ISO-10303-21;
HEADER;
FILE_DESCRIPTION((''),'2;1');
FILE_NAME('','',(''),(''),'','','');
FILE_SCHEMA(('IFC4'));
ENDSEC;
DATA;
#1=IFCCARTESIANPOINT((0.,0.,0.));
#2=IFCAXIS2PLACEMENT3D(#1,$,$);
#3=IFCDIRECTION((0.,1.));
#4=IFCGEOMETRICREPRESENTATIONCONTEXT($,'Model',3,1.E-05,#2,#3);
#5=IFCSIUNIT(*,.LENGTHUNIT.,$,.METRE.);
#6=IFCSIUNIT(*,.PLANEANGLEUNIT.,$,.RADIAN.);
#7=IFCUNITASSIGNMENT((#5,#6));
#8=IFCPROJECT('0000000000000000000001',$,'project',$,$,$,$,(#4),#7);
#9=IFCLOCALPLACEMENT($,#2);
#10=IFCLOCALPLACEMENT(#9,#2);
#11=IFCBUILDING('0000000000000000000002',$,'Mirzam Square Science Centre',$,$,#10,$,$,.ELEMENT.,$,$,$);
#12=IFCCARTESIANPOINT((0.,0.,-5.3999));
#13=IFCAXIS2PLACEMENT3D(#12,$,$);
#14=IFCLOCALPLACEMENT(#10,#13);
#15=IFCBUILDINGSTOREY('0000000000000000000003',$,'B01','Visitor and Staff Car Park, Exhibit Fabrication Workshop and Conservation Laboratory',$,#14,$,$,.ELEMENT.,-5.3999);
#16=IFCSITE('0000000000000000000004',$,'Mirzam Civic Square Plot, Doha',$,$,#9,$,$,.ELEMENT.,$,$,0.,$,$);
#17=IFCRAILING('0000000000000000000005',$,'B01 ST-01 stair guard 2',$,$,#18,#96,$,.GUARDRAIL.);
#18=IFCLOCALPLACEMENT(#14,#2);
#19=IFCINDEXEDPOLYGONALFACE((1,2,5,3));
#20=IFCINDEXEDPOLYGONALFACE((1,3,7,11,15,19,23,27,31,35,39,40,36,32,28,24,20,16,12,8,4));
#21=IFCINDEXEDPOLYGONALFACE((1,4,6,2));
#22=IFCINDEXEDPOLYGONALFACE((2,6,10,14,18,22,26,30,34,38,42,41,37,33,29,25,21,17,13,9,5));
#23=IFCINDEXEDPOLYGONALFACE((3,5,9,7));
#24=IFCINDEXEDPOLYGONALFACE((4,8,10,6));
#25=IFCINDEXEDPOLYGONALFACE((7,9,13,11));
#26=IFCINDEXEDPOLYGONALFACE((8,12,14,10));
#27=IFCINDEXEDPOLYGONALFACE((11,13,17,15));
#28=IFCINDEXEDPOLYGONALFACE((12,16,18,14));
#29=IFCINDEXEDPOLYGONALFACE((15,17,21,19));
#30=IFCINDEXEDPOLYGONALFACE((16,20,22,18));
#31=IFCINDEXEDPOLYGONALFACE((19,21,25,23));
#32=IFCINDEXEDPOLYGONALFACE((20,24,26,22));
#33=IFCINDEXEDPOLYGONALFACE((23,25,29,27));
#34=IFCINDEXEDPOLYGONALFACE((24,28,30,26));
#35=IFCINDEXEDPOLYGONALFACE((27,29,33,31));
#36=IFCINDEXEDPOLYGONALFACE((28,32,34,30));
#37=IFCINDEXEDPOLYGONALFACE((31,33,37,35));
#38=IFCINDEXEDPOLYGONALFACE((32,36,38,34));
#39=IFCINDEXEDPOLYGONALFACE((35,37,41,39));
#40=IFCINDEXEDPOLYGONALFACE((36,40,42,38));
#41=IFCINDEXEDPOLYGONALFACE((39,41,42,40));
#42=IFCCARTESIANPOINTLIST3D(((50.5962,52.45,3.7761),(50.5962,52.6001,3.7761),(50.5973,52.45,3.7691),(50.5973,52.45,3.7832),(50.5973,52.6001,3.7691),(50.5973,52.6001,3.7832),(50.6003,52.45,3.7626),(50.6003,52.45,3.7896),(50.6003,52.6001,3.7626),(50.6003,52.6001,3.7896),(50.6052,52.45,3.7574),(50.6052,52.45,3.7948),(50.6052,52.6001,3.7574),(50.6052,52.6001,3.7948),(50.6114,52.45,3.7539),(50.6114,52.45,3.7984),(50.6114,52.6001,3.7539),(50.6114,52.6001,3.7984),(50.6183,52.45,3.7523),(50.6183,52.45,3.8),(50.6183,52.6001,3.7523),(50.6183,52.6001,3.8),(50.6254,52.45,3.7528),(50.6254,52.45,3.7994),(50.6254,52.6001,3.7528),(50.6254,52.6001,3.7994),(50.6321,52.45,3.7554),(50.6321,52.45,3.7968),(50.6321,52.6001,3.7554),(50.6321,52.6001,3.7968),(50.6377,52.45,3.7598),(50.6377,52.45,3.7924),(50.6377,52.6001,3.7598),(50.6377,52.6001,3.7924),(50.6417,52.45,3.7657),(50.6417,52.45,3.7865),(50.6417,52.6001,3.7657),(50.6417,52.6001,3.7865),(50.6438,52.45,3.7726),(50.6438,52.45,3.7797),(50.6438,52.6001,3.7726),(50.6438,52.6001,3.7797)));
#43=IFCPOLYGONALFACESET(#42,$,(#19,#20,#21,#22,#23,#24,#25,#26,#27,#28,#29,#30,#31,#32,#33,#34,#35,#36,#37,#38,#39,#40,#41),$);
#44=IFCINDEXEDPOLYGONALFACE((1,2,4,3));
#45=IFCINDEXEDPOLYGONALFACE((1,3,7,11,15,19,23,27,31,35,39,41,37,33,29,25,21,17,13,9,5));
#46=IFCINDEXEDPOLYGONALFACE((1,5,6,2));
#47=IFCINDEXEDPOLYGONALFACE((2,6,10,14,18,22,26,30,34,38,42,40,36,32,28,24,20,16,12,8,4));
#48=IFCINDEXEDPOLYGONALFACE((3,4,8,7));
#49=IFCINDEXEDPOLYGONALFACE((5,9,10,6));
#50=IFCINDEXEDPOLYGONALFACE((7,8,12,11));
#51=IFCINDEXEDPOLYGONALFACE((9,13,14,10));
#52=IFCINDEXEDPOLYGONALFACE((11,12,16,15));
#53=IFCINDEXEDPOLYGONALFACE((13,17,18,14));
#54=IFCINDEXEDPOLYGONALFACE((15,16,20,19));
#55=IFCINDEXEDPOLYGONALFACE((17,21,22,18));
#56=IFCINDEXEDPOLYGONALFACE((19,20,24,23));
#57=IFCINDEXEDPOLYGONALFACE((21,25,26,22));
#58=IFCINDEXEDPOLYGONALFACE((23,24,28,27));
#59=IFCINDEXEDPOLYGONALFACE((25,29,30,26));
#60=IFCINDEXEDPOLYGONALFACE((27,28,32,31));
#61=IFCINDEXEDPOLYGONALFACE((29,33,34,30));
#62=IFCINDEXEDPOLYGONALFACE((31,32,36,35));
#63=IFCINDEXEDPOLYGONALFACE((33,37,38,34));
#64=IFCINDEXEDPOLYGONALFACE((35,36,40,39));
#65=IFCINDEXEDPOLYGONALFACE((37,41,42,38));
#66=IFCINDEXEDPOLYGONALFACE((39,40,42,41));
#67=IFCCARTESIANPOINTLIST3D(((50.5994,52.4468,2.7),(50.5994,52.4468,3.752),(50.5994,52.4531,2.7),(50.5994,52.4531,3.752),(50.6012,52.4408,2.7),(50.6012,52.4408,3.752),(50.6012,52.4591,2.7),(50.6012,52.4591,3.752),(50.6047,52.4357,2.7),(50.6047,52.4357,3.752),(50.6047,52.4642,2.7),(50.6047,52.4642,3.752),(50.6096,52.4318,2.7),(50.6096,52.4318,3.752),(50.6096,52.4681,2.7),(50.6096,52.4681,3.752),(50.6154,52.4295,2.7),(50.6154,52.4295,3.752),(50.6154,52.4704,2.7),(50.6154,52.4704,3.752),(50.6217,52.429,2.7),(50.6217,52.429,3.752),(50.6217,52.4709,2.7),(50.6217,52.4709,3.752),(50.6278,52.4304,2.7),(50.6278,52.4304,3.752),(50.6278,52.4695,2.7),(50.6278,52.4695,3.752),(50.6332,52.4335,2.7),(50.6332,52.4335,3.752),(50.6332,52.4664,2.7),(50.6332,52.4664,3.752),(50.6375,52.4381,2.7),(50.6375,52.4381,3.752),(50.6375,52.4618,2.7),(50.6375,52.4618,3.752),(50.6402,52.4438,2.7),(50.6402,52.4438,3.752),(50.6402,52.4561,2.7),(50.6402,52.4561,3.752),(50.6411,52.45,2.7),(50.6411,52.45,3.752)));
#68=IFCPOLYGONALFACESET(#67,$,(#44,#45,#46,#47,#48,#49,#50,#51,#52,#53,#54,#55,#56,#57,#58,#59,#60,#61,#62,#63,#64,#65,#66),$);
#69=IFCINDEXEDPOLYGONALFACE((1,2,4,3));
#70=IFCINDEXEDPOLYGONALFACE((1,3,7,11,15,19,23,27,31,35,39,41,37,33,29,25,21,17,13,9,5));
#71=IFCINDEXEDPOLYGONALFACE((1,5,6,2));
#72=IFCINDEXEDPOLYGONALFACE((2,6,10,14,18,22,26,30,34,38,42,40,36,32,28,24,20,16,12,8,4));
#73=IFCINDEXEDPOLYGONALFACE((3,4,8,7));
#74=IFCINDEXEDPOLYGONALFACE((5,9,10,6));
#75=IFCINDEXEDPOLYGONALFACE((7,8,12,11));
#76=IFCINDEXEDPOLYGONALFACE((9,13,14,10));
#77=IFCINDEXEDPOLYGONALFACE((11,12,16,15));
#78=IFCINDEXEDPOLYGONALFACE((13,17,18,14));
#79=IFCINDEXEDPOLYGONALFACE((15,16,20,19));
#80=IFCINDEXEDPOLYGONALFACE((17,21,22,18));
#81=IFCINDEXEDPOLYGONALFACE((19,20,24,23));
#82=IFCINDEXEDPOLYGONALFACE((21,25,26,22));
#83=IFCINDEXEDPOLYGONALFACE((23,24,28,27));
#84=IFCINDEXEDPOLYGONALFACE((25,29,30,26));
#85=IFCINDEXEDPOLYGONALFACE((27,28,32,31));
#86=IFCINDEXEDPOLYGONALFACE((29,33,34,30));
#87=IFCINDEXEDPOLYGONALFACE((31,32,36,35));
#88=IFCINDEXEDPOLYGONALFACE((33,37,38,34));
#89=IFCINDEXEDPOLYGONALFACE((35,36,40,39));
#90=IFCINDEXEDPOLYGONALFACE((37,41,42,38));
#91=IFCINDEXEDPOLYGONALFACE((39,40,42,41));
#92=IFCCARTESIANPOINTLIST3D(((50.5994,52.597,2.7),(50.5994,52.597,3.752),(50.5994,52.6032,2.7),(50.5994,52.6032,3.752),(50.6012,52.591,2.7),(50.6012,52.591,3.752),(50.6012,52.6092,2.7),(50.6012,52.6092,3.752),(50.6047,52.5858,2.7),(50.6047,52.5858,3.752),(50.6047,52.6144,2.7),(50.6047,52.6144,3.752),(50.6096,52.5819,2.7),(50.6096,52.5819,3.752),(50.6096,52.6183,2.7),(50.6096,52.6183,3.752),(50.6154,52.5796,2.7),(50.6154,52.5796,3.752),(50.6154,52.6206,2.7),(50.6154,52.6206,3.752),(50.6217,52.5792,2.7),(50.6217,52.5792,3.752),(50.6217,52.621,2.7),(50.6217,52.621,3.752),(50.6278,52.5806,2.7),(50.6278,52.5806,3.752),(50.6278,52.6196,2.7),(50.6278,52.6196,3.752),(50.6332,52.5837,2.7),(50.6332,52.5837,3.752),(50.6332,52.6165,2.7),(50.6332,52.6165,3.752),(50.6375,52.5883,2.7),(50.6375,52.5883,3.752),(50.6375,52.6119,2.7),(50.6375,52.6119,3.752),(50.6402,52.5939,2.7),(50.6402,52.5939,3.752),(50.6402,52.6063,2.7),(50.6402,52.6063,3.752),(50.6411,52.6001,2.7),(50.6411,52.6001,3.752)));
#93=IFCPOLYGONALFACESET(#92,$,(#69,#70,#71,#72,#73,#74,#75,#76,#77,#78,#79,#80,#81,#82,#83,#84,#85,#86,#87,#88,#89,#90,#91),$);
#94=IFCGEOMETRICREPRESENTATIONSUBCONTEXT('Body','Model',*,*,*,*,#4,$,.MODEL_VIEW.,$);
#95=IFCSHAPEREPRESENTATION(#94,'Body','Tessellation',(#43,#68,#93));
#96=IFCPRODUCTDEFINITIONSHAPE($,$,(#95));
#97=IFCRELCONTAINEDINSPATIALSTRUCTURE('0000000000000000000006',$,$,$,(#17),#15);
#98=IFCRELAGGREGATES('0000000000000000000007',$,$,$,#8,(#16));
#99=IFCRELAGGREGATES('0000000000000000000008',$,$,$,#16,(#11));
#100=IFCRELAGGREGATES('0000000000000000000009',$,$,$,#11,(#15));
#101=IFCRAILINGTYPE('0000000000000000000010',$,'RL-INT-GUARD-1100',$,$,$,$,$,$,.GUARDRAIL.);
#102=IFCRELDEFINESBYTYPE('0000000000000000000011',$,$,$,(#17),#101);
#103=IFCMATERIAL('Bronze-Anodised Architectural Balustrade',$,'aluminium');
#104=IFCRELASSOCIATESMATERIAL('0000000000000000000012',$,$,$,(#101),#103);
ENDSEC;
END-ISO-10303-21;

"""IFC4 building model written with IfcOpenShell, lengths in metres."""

from ifc_helpers import new_model, si_unit, direction, frame, origin, origin_2d, place, context, subcontext, project, spatial, circle, extrude, material, type_object, element, save


model = new_model("IFC4")

# Units and contexts
model_context = context("Model", 3, precision=1e-05, world=origin(), true_north=direction((0.0, 1.0)))
body_context = subcontext(model_context, "Body", "Model", "MODEL_VIEW")
ifc_project = project(units=[si_unit("LENGTHUNIT", "METRE"), si_unit("PLANEANGLEUNIT", "RADIAN")], contexts=[model_context])

# Site, building, storey
site_placement = place(None, origin())
site = spatial("IfcSite", under=ifc_project, at=site_placement, Name="Mirzam Civic Square Plot, Doha", CompositionType="ELEMENT", RefElevation=0.0)
building_placement = place(site_placement, origin())
building = spatial("IfcBuilding", under=site, at=building_placement, Name="Mirzam Square Science Centre", CompositionType="ELEMENT")
storey_placement = place(building_placement, frame((0.0, 0.0, -5.3999)))
storey = spatial("IfcBuildingStorey", under=building, at=storey_placement, Name="B01", Description="Visitor and Staff Car Park, Exhibit Fabrication Workshop and Conservation Laboratory", CompositionType="ELEMENT", Elevation=-5.3999)

# Railing
ifc_material_1 = material(Name="Bronze-Anodised Architectural Balustrade", Category="aluminium")
railing_type_1 = type_object("IfcRailingType", Name="RL-INT-GUARD-1100", PredefinedType="GUARDRAIL", material=ifc_material_1)
railing_1_placement = place(storey_placement, frame((50.6201, 52.45, 2.7)))
element("IfcRailing", 1, at=railing_1_placement, inside=storey, type_object=railing_type_1, Name="B01 ST-01 stair guard 2", PredefinedType="GUARDRAIL", context=body_context, shape_type="SweptSolid", body=[
    extrude(circle(Radius=0.0239, at=origin_2d()), frame((0.0, 0.0, 1.0762), z_axis=(0.0, 1.0, 0.0), x_axis=(-1.0, 0.0, 0.0)), (0.0, 0.0, 1.0), 0.1501),
    extrude(circle(Radius=0.021, at=origin_2d()), origin(), (0.0, 0.0, 1.0), 1.052),
    extrude(circle(Radius=0.021, at=origin_2d()), frame((0.0, 0.1501, 0.0)), (0.0, 0.0, 1.0), 1.052),
])

save(model, "model.ifc")
